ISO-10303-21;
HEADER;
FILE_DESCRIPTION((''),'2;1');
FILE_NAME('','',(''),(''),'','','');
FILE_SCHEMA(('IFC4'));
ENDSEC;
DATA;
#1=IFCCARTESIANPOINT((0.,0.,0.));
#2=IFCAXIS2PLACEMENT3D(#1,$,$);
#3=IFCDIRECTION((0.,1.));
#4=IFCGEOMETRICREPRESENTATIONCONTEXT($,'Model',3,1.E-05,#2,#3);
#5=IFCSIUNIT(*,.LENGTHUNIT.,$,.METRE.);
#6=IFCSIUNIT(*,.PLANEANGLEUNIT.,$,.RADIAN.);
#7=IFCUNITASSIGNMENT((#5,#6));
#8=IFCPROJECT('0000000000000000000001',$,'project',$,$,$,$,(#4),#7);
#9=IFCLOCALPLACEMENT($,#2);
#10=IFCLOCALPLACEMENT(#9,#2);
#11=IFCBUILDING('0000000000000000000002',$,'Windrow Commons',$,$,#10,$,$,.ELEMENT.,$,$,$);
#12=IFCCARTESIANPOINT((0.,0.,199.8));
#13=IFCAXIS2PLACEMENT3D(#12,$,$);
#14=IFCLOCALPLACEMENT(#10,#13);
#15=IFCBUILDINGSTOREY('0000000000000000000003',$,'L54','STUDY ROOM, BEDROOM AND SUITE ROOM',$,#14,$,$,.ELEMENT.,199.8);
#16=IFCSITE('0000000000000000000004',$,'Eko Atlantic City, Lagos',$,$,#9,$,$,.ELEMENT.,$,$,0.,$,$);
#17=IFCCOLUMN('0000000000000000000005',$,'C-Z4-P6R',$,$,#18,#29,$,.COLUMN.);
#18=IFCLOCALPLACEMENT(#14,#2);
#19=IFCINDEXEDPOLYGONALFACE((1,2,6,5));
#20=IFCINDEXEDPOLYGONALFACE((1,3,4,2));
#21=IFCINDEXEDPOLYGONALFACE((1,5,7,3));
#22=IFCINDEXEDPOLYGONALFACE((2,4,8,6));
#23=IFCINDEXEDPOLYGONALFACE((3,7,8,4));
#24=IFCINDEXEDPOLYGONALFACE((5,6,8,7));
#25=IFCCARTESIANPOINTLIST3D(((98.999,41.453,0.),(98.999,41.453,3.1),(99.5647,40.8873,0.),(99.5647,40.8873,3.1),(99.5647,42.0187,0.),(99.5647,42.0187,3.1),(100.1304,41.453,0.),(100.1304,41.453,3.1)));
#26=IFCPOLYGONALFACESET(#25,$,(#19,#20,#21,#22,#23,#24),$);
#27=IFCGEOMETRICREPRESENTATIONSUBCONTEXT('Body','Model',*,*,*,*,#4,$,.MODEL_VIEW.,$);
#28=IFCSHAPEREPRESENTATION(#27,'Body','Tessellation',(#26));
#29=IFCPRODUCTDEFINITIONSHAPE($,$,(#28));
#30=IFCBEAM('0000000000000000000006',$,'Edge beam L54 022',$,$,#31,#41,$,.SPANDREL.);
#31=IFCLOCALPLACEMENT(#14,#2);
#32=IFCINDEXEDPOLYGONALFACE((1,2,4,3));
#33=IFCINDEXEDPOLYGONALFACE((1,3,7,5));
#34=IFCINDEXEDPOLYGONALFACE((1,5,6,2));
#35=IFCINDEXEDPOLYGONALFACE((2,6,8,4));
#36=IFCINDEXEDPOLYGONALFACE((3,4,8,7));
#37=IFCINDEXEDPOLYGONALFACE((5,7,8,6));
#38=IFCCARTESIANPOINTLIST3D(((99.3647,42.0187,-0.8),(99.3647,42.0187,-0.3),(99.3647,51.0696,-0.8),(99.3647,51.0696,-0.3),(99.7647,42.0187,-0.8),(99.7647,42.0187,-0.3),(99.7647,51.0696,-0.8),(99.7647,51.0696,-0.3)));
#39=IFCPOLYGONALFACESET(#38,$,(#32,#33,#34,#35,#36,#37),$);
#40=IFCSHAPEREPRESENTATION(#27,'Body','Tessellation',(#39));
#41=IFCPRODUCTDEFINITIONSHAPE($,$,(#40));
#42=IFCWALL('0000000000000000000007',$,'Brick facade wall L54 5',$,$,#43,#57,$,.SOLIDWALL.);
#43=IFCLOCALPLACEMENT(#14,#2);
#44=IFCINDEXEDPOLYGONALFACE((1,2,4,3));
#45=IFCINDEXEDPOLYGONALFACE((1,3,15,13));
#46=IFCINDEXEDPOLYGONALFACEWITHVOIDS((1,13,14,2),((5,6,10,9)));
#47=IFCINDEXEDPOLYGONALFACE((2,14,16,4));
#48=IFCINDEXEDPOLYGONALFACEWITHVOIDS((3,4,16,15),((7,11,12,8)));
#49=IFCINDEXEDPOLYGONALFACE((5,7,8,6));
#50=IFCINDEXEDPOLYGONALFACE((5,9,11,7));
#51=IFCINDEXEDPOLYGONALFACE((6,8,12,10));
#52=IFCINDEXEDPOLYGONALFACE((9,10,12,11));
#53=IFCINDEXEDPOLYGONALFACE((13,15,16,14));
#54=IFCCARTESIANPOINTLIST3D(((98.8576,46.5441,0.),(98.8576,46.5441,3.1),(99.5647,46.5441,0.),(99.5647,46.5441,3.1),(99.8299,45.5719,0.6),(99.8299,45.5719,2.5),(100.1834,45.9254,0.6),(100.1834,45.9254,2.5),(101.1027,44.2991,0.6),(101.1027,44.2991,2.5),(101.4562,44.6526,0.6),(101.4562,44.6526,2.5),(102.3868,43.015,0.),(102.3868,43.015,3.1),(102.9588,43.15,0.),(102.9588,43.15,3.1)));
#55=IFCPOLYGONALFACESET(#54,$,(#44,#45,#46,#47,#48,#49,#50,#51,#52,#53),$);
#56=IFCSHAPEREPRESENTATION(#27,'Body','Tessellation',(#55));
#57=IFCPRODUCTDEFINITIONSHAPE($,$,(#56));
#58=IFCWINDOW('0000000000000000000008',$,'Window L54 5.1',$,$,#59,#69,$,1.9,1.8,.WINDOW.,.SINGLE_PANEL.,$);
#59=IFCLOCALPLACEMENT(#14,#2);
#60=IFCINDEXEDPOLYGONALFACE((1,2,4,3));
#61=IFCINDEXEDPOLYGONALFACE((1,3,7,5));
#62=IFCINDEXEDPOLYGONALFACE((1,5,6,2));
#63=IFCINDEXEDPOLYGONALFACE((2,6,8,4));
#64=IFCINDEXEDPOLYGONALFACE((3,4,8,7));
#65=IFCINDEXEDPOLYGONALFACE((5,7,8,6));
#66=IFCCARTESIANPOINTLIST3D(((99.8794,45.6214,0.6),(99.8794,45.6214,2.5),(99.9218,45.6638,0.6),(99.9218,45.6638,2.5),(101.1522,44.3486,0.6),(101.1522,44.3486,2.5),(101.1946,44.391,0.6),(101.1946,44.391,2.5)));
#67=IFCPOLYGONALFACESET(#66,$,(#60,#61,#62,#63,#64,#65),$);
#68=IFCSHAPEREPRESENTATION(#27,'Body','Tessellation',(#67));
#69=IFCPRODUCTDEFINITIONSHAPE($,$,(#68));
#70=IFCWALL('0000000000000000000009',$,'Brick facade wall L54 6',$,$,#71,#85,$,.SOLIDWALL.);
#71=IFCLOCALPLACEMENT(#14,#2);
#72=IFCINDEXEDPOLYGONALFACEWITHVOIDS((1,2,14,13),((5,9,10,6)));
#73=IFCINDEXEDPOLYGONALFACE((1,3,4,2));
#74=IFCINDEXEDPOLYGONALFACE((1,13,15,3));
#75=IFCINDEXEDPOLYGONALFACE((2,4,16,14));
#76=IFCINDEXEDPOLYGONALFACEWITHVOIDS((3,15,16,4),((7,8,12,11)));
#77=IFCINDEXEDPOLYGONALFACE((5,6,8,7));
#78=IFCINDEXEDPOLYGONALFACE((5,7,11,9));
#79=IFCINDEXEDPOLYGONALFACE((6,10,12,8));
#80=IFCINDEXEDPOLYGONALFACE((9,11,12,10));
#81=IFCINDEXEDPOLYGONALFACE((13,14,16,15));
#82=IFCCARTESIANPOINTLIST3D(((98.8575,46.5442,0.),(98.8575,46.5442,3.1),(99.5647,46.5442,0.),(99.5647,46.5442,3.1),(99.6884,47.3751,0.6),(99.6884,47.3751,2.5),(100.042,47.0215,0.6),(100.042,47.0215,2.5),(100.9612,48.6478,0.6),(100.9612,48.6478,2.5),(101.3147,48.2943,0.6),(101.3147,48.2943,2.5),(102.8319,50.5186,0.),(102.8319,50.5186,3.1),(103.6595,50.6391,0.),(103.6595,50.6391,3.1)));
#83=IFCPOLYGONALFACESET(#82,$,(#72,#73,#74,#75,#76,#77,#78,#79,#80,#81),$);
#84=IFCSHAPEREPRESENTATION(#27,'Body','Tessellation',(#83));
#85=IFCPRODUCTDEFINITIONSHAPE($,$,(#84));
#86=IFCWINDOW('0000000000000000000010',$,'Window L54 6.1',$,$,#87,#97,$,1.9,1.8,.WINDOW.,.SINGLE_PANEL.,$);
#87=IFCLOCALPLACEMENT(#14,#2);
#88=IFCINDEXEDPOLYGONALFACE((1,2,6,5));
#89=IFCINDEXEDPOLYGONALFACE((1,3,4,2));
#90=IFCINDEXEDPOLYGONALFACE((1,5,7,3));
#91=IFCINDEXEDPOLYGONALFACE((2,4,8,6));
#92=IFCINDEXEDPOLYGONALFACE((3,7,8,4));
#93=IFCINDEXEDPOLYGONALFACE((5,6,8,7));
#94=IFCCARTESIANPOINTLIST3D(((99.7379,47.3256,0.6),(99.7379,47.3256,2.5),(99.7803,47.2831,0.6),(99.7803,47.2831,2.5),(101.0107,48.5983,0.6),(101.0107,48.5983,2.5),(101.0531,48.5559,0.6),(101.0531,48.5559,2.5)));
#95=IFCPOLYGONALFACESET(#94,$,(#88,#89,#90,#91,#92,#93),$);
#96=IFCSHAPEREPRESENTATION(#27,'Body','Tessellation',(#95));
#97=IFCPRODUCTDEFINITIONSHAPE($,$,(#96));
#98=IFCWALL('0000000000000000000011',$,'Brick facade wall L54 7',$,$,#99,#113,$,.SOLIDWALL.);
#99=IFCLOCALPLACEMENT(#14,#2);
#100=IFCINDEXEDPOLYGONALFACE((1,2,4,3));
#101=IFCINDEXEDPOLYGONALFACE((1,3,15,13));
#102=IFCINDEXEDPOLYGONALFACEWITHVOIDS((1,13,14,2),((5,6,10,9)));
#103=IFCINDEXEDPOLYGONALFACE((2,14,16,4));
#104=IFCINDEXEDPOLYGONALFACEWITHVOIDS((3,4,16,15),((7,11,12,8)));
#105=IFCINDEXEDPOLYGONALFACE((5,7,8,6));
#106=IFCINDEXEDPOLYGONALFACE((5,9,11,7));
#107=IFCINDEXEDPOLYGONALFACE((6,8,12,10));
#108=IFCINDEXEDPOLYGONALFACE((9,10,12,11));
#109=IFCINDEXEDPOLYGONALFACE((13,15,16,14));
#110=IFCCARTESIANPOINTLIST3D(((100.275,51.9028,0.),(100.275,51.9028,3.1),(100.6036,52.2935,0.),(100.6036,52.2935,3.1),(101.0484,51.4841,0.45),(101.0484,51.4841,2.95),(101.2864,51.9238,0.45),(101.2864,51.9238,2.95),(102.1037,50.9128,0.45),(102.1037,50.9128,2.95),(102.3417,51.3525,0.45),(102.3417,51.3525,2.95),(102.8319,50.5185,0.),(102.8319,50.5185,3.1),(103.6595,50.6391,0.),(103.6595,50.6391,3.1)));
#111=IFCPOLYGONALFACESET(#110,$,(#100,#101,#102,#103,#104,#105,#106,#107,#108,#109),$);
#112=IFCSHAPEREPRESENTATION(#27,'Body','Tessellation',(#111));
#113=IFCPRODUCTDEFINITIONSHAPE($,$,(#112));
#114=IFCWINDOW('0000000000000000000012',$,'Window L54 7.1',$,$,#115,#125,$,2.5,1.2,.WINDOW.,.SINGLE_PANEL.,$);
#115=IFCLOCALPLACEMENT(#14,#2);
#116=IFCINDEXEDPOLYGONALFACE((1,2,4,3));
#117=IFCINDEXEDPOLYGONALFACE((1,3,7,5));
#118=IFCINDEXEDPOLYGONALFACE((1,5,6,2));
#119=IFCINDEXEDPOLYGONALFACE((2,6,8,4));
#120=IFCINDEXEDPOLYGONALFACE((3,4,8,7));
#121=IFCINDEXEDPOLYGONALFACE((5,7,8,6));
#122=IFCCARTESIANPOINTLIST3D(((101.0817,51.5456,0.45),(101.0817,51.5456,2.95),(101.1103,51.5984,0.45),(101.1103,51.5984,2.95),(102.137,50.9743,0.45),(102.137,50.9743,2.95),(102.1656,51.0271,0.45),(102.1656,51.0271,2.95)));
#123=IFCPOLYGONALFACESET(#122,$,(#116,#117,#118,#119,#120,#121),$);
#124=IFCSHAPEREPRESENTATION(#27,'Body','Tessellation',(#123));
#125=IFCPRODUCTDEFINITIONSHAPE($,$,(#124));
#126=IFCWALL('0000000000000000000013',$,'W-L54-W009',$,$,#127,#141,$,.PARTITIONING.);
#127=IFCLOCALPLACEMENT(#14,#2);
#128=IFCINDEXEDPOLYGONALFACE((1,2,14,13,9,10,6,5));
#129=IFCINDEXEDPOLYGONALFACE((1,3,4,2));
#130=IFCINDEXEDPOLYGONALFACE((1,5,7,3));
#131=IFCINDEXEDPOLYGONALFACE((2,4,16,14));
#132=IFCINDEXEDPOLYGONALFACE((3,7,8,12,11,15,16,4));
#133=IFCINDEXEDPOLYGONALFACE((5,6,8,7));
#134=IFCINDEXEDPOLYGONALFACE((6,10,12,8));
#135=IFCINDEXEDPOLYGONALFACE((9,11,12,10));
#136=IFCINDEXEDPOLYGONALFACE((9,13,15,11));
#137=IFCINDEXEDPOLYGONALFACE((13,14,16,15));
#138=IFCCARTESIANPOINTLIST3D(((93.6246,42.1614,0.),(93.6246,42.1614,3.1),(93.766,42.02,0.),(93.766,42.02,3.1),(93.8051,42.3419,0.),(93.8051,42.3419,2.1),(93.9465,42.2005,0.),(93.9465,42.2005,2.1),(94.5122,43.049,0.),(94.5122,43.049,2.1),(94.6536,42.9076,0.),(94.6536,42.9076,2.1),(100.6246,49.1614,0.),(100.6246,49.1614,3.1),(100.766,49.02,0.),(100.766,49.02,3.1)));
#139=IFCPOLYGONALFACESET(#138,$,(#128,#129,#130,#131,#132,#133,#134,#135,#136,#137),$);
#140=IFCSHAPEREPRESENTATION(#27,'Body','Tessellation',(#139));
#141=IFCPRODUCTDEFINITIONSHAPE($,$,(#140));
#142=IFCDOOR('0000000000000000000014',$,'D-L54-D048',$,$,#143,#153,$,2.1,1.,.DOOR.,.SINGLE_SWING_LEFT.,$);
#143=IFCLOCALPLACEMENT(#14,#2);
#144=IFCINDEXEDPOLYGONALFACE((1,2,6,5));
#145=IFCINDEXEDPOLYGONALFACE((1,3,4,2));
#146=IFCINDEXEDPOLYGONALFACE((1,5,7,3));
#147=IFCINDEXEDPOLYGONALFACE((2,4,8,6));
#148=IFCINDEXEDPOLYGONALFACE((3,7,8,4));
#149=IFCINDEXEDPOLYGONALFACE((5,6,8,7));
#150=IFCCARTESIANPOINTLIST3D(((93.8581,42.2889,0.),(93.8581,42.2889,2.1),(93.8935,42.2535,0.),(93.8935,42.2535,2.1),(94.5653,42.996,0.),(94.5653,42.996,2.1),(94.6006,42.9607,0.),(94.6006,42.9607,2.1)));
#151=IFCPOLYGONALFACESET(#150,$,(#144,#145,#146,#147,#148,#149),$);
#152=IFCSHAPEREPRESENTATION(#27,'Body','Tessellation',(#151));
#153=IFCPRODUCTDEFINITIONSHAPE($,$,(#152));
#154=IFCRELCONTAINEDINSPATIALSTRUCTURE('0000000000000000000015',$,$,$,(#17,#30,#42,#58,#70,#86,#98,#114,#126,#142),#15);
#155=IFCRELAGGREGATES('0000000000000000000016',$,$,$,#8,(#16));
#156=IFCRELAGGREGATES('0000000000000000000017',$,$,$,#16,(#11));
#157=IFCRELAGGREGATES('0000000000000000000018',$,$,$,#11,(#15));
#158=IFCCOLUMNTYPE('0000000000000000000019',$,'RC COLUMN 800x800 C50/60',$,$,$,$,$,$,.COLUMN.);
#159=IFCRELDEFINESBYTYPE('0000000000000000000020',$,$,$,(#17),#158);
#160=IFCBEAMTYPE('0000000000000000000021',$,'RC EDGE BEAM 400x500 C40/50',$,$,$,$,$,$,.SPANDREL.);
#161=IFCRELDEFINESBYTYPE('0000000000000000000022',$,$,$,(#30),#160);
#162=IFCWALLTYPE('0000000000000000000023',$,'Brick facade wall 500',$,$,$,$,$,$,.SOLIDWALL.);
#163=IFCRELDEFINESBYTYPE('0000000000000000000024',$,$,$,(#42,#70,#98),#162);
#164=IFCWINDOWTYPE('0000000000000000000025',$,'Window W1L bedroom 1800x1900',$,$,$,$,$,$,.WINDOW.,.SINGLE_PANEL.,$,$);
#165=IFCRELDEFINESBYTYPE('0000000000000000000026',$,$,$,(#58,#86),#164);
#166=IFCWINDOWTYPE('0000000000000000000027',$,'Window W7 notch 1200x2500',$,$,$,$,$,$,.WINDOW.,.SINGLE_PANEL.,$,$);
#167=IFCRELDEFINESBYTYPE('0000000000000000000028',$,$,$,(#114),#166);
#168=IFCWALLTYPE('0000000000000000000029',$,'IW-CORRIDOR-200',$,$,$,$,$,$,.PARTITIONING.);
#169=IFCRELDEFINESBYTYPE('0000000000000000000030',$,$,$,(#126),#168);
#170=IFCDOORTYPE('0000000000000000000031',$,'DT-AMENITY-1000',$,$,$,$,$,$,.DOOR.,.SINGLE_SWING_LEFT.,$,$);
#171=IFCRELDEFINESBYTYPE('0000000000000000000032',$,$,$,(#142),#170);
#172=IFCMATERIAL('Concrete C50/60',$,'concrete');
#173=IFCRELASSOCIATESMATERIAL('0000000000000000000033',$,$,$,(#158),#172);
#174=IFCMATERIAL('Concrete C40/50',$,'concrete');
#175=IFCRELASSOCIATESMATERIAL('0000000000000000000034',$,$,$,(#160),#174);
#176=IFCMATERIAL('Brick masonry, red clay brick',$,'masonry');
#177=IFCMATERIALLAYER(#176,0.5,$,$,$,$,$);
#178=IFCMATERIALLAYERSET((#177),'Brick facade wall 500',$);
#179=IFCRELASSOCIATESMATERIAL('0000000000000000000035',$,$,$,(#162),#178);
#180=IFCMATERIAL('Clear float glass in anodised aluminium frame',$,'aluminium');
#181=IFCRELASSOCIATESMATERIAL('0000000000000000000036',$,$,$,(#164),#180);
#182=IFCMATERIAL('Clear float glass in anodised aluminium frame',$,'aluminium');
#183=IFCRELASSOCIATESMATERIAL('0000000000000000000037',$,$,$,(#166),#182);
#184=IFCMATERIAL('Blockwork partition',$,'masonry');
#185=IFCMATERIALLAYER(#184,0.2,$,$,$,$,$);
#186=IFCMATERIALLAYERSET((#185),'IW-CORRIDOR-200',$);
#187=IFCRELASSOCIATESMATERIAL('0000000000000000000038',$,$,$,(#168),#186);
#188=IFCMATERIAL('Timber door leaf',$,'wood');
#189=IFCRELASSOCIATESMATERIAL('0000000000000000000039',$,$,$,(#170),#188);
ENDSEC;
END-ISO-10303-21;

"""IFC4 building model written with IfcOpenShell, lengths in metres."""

from ifc_helpers import new_model, si_unit, direction, frame, frame_2d, origin, origin_2d, place, context, subcontext, project, spatial, polyline, rectangle, outline, extrude, material, layer, layer_set, material_profile, profile_set, type_object, element, fill, save


model = new_model("IFC4")

# Units and contexts
model_context = context("Model", 3, precision=1e-05, world=origin(), true_north=direction((0.0, 1.0)))
body_context = subcontext(model_context, "Body", "Model", "MODEL_VIEW")
ifc_project = project(units=[si_unit("LENGTHUNIT", "METRE"), si_unit("PLANEANGLEUNIT", "RADIAN")], contexts=[model_context])

# Site, building, storey
site_placement = place(None, origin())
site = spatial("IfcSite", under=ifc_project, at=site_placement, Name="Eko Atlantic City, Lagos", CompositionType="ELEMENT", RefElevation=0.0)
building_placement = place(site_placement, origin())
building = spatial("IfcBuilding", under=site, at=building_placement, Name="Windrow Commons", CompositionType="ELEMENT")
storey_placement = place(building_placement, frame((0.0, 0.0, 199.8)))
storey = spatial("IfcBuildingStorey", under=building, at=storey_placement, Name="L54", Description="STUDY ROOM, BEDROOM AND SUITE ROOM", CompositionType="ELEMENT", Elevation=199.8)

# Column
ifc_material_1 = material(Name="Concrete C50/60", Category="concrete")
ifc_material_profile_1 = material_profile(ifc_material_1, rectangle(XDim=0.8, YDim=0.8, at=origin_2d()))
ifc_profile_set_1 = profile_set([ifc_material_profile_1], Name="Concrete C50/60")
column_type = type_object("IfcColumnType", Name="RC COLUMN 800x800 C50/60", PredefinedType="COLUMN", material=ifc_profile_set_1)
column_placement = place(storey_placement, frame((99.5647, 41.453, 0.0), z_axis=(0.0, 0.0, 1.0), x_axis=(0.707107, -0.707107, 0.0)))
element("IfcColumn", 1, at=column_placement, inside=storey, type_object=column_type, Name="C-Z4-P6R", PredefinedType="COLUMN", context=body_context, shape_type="SweptSolid", body=[
    extrude(rectangle(XDim=0.8, YDim=0.8, at=origin_2d()), origin(), (0.0, 0.0, 1.0), 3.1),
])

# Beam
ifc_material_2 = material(Name="Concrete C40/50", Category="concrete")
ifc_material_profile_2 = material_profile(ifc_material_2, rectangle(XDim=0.4, YDim=0.5, at=origin_2d()))
ifc_profile_set_2 = profile_set([ifc_material_profile_2], Name="Concrete C40/50")
beam_type = type_object("IfcBeamType", Name="RC EDGE BEAM 400x500 C40/50", PredefinedType="SPANDREL", material=ifc_profile_set_2)
beam_placement = place(storey_placement, frame((99.5647, 51.0696, -0.55), z_axis=(0.0, -1.0, 0.0), x_axis=(1.0, 0.0, 0.0)))
element("IfcBeam", 2, at=beam_placement, inside=storey, type_object=beam_type, Name="Edge beam L54 022", PredefinedType="SPANDREL", context=body_context, shape_type="SweptSolid", body=[
    extrude(rectangle(XDim=0.4, YDim=0.5, at=origin_2d()), origin(), (0.0, 0.0, 1.0), 9.0509),
])

# Walls, openings, windows
ifc_material_3 = material(Name="Brick masonry, red clay brick", Category="masonry")
ifc_layer_1 = layer(ifc_material_3, 0.5)
ifc_layer_set_1 = layer_set([ifc_layer_1], Name="Brick facade wall 500")
wall_type_1 = type_object("IfcWallType", Name="Brick facade wall 500", PredefinedType="SOLIDWALL", material=ifc_layer_set_1)
wall_1_placement = place(storey_placement, frame((102.6728, 43.0825, 0.0), z_axis=(0.0, 0.0, 1.0), x_axis=(-0.707107, 0.707107, 0.0)))
wall_1 = element("IfcWall", 3, at=wall_1_placement, inside=storey, type_object=wall_type_1, Name="Brick facade wall L54 5", PredefinedType="SOLIDWALL", context=body_context, shape_type="SweptSolid", body=[
    extrude(outline(polyline([(-0.1545, -0.25), (4.6455, -0.25), (5.1455, 0.25), (0.1545, 0.25), (-0.1545, -0.25)])), origin(), (0.0, 0.0, 1.0), 3.1),
])
opening_1_placement = place(wall_1_placement, frame((1.9705, 0.0, 0.6)))
opening_1 = element("IfcOpeningElement", 4, at=opening_1_placement, cuts=wall_1, PredefinedType="OPENING", context=body_context, shape_type="SweptSolid", body=[
    extrude(rectangle(XDim=1.8, YDim=1.9, at=frame_2d((0.9, 0.95))), frame((0.0, 0.26, 0.0), z_axis=(0.0, -1.0, 0.0), x_axis=(1.0, 0.0, 0.0)), (0.0, 0.0, 1.0), 0.52),
])
ifc_material_4 = material(Name="Clear float glass in anodised aluminium frame", Category="aluminium")
window_type_1 = type_object("IfcWindowType", Name="Window W1L bedroom 1800x1900", PartitioningType="SINGLE_PANEL", PredefinedType="WINDOW", material=ifc_material_4)
window_1_placement = place(opening_1_placement, origin())
window_1 = element("IfcWindow", 5, at=window_1_placement, inside=storey, type_object=window_type_1, Name="Window L54 5.1", OverallHeight=1.9, OverallWidth=1.8, PartitioningType="SINGLE_PANEL", PredefinedType="WINDOW", context=body_context, shape_type="SweptSolid", body=[
    extrude(rectangle(XDim=1.8, YDim=1.9, at=frame_2d((0.9, 0.95))), frame((0.0, 0.18, 0.0), z_axis=(0.0, -1.0, 0.0), x_axis=(1.0, 0.0, 0.0)), (0.0, 0.0, 1.0), 0.06),
])
fill(opening_1, window_1)
wall_2_placement = place(storey_placement, frame((99.2111, 46.5442, 0.0), z_axis=(0.0, 0.0, 1.0), x_axis=(0.707107, 0.707107, 0.0)))
wall_2 = element("IfcWall", 6, at=wall_2_placement, inside=storey, type_object=wall_type_1, Name="Brick facade wall L54 6", PredefinedType="SOLIDWALL", context=body_context, shape_type="SweptSolid", body=[
    extrude(outline(polyline([(0.25, -0.25), (6.041, -0.25), (5.3706, 0.25), (-0.25, 0.25), (0.25, -0.25)])), origin(), (0.0, 0.0, 1.0), 3.1),
])
opening_2_placement = place(wall_2_placement, frame((0.925, 0.0, 0.6)))
opening_2 = element("IfcOpeningElement", 7, at=opening_2_placement, cuts=wall_2, PredefinedType="OPENING", context=body_context, shape_type="SweptSolid", body=[
    extrude(rectangle(XDim=1.8, YDim=1.9, at=frame_2d((0.9, 0.95))), frame((0.0, 0.26, 0.0), z_axis=(0.0, -1.0, 0.0), x_axis=(1.0, 0.0, 0.0)), (0.0, 0.0, 1.0), 0.52),
])
window_2_placement = place(opening_2_placement, origin())
window_2 = element("IfcWindow", 8, at=window_2_placement, inside=storey, type_object=window_type_1, Name="Window L54 6.1", OverallHeight=1.9, OverallWidth=1.8, PartitioningType="SINGLE_PANEL", PredefinedType="WINDOW", context=body_context, shape_type="SweptSolid", body=[
    extrude(rectangle(XDim=1.8, YDim=1.9, at=frame_2d((0.9, 0.95))), frame((0.0, 0.18, 0.0), z_axis=(0.0, -1.0, 0.0), x_axis=(1.0, 0.0, 0.0)), (0.0, 0.0, 1.0), 0.06),
])
fill(opening_2, window_2)
wall_3_placement = place(storey_placement, frame((103.2457, 50.5788, 0.0), z_axis=(0.0, 0.0, 1.0), x_axis=(-0.879401, 0.476081, 0.0)))
wall_3 = element("IfcWall", 9, at=wall_3_placement, inside=storey, type_object=wall_type_1, Name="Brick facade wall L54 7", PredefinedType="SOLIDWALL", context=body_context, shape_type="SweptSolid", body=[
    extrude(outline(polyline([(-0.3352, -0.25), (3.1398, -0.25), (3.2428, 0.25), (0.3352, 0.25), (-0.3352, -0.25)])), origin(), (0.0, 0.0, 1.0), 3.1),
])
opening_3_placement = place(wall_3_placement, frame((1.1633, 0.0, 0.45)))
opening_3 = element("IfcOpeningElement", 10, at=opening_3_placement, cuts=wall_3, PredefinedType="OPENING", context=body_context, shape_type="SweptSolid", body=[
    extrude(rectangle(XDim=1.2, YDim=2.5, at=frame_2d((0.6, 1.25))), frame((0.0, 0.26, 0.0), z_axis=(0.0, -1.0, 0.0), x_axis=(1.0, 0.0, 0.0)), (0.0, 0.0, 1.0), 0.52),
])
ifc_material_5 = material(Name="Clear float glass in anodised aluminium frame", Category="aluminium")
window_type_2 = type_object("IfcWindowType", Name="Window W7 notch 1200x2500", PartitioningType="SINGLE_PANEL", PredefinedType="WINDOW", material=ifc_material_5)
window_3_placement = place(opening_3_placement, origin())
window_3 = element("IfcWindow", 11, at=window_3_placement, inside=storey, type_object=window_type_2, Name="Window L54 7.1", OverallHeight=2.5, OverallWidth=1.2, PartitioningType="SINGLE_PANEL", PredefinedType="WINDOW", context=body_context, shape_type="SweptSolid", body=[
    extrude(rectangle(XDim=1.2, YDim=2.5, at=frame_2d((0.6, 1.25))), frame((0.0, 0.18, 0.0), z_axis=(0.0, -1.0, 0.0), x_axis=(1.0, 0.0, 0.0)), (0.0, 0.0, 1.0), 0.06),
])
fill(opening_3, window_3)

# Wall, opening, door
ifc_material_6 = material(Name="Blockwork partition", Category="masonry")
ifc_layer_2 = layer(ifc_material_6, 0.2)
ifc_layer_set_2 = layer_set([ifc_layer_2], Name="IW-CORRIDOR-200")
wall_type_2 = type_object("IfcWallType", Name="IW-CORRIDOR-200", PredefinedType="PARTITIONING", material=ifc_layer_set_2)
wall_4_placement = place(storey_placement, frame((93.6953, 42.0907, 0.0), z_axis=(0.0, 0.0, 1.0), x_axis=(0.707107, 0.707107, 0.0)))
wall_4 = element("IfcWall", 12, at=wall_4_placement, inside=storey, type_object=wall_type_2, Name="W-L54-W009", PredefinedType="PARTITIONING", context=body_context, shape_type="SweptSolid", body=[
    extrude(rectangle(XDim=9.8995, YDim=0.2, at=frame_2d((4.9497, 0.0))), origin(), (0.0, 0.0, 1.0), 3.1),
])
opening_4_placement = place(wall_4_placement, frame((0.2553, 0.0, 0.0)))
opening_4 = element("IfcOpeningElement", 13, at=opening_4_placement, cuts=wall_4, PredefinedType="OPENING", context=body_context, shape_type="SweptSolid", body=[
    extrude(rectangle(XDim=1.0, YDim=2.1, at=frame_2d((0.5, 1.05))), frame((0.0, 0.11, 0.0), z_axis=(0.0, -1.0, 0.0), x_axis=(1.0, 0.0, 0.0)), (0.0, 0.0, 1.0), 0.22),
])
ifc_material_7 = material(Name="Timber door leaf", Category="wood")
door_type_1 = type_object("IfcDoorType", Name="DT-AMENITY-1000", OperationType="SINGLE_SWING_LEFT", PredefinedType="DOOR", material=ifc_material_7)
door_1_placement = place(opening_4_placement, origin())
door_1 = element("IfcDoor", 14, at=door_1_placement, inside=storey, type_object=door_type_1, Name="D-L54-D048", OperationType="SINGLE_SWING_LEFT", OverallHeight=2.1, OverallWidth=1.0, PredefinedType="DOOR", context=body_context, shape_type="SweptSolid", body=[
    extrude(rectangle(XDim=1.0, YDim=2.1, at=frame_2d((0.5, 1.05))), frame((0.0, 0.025, 0.0), z_axis=(0.0, -1.0, 0.0), x_axis=(1.0, 0.0, 0.0)), (0.0, 0.0, 1.0), 0.05),
])
fill(opening_4, door_1)

save(model, "model.ifc")
